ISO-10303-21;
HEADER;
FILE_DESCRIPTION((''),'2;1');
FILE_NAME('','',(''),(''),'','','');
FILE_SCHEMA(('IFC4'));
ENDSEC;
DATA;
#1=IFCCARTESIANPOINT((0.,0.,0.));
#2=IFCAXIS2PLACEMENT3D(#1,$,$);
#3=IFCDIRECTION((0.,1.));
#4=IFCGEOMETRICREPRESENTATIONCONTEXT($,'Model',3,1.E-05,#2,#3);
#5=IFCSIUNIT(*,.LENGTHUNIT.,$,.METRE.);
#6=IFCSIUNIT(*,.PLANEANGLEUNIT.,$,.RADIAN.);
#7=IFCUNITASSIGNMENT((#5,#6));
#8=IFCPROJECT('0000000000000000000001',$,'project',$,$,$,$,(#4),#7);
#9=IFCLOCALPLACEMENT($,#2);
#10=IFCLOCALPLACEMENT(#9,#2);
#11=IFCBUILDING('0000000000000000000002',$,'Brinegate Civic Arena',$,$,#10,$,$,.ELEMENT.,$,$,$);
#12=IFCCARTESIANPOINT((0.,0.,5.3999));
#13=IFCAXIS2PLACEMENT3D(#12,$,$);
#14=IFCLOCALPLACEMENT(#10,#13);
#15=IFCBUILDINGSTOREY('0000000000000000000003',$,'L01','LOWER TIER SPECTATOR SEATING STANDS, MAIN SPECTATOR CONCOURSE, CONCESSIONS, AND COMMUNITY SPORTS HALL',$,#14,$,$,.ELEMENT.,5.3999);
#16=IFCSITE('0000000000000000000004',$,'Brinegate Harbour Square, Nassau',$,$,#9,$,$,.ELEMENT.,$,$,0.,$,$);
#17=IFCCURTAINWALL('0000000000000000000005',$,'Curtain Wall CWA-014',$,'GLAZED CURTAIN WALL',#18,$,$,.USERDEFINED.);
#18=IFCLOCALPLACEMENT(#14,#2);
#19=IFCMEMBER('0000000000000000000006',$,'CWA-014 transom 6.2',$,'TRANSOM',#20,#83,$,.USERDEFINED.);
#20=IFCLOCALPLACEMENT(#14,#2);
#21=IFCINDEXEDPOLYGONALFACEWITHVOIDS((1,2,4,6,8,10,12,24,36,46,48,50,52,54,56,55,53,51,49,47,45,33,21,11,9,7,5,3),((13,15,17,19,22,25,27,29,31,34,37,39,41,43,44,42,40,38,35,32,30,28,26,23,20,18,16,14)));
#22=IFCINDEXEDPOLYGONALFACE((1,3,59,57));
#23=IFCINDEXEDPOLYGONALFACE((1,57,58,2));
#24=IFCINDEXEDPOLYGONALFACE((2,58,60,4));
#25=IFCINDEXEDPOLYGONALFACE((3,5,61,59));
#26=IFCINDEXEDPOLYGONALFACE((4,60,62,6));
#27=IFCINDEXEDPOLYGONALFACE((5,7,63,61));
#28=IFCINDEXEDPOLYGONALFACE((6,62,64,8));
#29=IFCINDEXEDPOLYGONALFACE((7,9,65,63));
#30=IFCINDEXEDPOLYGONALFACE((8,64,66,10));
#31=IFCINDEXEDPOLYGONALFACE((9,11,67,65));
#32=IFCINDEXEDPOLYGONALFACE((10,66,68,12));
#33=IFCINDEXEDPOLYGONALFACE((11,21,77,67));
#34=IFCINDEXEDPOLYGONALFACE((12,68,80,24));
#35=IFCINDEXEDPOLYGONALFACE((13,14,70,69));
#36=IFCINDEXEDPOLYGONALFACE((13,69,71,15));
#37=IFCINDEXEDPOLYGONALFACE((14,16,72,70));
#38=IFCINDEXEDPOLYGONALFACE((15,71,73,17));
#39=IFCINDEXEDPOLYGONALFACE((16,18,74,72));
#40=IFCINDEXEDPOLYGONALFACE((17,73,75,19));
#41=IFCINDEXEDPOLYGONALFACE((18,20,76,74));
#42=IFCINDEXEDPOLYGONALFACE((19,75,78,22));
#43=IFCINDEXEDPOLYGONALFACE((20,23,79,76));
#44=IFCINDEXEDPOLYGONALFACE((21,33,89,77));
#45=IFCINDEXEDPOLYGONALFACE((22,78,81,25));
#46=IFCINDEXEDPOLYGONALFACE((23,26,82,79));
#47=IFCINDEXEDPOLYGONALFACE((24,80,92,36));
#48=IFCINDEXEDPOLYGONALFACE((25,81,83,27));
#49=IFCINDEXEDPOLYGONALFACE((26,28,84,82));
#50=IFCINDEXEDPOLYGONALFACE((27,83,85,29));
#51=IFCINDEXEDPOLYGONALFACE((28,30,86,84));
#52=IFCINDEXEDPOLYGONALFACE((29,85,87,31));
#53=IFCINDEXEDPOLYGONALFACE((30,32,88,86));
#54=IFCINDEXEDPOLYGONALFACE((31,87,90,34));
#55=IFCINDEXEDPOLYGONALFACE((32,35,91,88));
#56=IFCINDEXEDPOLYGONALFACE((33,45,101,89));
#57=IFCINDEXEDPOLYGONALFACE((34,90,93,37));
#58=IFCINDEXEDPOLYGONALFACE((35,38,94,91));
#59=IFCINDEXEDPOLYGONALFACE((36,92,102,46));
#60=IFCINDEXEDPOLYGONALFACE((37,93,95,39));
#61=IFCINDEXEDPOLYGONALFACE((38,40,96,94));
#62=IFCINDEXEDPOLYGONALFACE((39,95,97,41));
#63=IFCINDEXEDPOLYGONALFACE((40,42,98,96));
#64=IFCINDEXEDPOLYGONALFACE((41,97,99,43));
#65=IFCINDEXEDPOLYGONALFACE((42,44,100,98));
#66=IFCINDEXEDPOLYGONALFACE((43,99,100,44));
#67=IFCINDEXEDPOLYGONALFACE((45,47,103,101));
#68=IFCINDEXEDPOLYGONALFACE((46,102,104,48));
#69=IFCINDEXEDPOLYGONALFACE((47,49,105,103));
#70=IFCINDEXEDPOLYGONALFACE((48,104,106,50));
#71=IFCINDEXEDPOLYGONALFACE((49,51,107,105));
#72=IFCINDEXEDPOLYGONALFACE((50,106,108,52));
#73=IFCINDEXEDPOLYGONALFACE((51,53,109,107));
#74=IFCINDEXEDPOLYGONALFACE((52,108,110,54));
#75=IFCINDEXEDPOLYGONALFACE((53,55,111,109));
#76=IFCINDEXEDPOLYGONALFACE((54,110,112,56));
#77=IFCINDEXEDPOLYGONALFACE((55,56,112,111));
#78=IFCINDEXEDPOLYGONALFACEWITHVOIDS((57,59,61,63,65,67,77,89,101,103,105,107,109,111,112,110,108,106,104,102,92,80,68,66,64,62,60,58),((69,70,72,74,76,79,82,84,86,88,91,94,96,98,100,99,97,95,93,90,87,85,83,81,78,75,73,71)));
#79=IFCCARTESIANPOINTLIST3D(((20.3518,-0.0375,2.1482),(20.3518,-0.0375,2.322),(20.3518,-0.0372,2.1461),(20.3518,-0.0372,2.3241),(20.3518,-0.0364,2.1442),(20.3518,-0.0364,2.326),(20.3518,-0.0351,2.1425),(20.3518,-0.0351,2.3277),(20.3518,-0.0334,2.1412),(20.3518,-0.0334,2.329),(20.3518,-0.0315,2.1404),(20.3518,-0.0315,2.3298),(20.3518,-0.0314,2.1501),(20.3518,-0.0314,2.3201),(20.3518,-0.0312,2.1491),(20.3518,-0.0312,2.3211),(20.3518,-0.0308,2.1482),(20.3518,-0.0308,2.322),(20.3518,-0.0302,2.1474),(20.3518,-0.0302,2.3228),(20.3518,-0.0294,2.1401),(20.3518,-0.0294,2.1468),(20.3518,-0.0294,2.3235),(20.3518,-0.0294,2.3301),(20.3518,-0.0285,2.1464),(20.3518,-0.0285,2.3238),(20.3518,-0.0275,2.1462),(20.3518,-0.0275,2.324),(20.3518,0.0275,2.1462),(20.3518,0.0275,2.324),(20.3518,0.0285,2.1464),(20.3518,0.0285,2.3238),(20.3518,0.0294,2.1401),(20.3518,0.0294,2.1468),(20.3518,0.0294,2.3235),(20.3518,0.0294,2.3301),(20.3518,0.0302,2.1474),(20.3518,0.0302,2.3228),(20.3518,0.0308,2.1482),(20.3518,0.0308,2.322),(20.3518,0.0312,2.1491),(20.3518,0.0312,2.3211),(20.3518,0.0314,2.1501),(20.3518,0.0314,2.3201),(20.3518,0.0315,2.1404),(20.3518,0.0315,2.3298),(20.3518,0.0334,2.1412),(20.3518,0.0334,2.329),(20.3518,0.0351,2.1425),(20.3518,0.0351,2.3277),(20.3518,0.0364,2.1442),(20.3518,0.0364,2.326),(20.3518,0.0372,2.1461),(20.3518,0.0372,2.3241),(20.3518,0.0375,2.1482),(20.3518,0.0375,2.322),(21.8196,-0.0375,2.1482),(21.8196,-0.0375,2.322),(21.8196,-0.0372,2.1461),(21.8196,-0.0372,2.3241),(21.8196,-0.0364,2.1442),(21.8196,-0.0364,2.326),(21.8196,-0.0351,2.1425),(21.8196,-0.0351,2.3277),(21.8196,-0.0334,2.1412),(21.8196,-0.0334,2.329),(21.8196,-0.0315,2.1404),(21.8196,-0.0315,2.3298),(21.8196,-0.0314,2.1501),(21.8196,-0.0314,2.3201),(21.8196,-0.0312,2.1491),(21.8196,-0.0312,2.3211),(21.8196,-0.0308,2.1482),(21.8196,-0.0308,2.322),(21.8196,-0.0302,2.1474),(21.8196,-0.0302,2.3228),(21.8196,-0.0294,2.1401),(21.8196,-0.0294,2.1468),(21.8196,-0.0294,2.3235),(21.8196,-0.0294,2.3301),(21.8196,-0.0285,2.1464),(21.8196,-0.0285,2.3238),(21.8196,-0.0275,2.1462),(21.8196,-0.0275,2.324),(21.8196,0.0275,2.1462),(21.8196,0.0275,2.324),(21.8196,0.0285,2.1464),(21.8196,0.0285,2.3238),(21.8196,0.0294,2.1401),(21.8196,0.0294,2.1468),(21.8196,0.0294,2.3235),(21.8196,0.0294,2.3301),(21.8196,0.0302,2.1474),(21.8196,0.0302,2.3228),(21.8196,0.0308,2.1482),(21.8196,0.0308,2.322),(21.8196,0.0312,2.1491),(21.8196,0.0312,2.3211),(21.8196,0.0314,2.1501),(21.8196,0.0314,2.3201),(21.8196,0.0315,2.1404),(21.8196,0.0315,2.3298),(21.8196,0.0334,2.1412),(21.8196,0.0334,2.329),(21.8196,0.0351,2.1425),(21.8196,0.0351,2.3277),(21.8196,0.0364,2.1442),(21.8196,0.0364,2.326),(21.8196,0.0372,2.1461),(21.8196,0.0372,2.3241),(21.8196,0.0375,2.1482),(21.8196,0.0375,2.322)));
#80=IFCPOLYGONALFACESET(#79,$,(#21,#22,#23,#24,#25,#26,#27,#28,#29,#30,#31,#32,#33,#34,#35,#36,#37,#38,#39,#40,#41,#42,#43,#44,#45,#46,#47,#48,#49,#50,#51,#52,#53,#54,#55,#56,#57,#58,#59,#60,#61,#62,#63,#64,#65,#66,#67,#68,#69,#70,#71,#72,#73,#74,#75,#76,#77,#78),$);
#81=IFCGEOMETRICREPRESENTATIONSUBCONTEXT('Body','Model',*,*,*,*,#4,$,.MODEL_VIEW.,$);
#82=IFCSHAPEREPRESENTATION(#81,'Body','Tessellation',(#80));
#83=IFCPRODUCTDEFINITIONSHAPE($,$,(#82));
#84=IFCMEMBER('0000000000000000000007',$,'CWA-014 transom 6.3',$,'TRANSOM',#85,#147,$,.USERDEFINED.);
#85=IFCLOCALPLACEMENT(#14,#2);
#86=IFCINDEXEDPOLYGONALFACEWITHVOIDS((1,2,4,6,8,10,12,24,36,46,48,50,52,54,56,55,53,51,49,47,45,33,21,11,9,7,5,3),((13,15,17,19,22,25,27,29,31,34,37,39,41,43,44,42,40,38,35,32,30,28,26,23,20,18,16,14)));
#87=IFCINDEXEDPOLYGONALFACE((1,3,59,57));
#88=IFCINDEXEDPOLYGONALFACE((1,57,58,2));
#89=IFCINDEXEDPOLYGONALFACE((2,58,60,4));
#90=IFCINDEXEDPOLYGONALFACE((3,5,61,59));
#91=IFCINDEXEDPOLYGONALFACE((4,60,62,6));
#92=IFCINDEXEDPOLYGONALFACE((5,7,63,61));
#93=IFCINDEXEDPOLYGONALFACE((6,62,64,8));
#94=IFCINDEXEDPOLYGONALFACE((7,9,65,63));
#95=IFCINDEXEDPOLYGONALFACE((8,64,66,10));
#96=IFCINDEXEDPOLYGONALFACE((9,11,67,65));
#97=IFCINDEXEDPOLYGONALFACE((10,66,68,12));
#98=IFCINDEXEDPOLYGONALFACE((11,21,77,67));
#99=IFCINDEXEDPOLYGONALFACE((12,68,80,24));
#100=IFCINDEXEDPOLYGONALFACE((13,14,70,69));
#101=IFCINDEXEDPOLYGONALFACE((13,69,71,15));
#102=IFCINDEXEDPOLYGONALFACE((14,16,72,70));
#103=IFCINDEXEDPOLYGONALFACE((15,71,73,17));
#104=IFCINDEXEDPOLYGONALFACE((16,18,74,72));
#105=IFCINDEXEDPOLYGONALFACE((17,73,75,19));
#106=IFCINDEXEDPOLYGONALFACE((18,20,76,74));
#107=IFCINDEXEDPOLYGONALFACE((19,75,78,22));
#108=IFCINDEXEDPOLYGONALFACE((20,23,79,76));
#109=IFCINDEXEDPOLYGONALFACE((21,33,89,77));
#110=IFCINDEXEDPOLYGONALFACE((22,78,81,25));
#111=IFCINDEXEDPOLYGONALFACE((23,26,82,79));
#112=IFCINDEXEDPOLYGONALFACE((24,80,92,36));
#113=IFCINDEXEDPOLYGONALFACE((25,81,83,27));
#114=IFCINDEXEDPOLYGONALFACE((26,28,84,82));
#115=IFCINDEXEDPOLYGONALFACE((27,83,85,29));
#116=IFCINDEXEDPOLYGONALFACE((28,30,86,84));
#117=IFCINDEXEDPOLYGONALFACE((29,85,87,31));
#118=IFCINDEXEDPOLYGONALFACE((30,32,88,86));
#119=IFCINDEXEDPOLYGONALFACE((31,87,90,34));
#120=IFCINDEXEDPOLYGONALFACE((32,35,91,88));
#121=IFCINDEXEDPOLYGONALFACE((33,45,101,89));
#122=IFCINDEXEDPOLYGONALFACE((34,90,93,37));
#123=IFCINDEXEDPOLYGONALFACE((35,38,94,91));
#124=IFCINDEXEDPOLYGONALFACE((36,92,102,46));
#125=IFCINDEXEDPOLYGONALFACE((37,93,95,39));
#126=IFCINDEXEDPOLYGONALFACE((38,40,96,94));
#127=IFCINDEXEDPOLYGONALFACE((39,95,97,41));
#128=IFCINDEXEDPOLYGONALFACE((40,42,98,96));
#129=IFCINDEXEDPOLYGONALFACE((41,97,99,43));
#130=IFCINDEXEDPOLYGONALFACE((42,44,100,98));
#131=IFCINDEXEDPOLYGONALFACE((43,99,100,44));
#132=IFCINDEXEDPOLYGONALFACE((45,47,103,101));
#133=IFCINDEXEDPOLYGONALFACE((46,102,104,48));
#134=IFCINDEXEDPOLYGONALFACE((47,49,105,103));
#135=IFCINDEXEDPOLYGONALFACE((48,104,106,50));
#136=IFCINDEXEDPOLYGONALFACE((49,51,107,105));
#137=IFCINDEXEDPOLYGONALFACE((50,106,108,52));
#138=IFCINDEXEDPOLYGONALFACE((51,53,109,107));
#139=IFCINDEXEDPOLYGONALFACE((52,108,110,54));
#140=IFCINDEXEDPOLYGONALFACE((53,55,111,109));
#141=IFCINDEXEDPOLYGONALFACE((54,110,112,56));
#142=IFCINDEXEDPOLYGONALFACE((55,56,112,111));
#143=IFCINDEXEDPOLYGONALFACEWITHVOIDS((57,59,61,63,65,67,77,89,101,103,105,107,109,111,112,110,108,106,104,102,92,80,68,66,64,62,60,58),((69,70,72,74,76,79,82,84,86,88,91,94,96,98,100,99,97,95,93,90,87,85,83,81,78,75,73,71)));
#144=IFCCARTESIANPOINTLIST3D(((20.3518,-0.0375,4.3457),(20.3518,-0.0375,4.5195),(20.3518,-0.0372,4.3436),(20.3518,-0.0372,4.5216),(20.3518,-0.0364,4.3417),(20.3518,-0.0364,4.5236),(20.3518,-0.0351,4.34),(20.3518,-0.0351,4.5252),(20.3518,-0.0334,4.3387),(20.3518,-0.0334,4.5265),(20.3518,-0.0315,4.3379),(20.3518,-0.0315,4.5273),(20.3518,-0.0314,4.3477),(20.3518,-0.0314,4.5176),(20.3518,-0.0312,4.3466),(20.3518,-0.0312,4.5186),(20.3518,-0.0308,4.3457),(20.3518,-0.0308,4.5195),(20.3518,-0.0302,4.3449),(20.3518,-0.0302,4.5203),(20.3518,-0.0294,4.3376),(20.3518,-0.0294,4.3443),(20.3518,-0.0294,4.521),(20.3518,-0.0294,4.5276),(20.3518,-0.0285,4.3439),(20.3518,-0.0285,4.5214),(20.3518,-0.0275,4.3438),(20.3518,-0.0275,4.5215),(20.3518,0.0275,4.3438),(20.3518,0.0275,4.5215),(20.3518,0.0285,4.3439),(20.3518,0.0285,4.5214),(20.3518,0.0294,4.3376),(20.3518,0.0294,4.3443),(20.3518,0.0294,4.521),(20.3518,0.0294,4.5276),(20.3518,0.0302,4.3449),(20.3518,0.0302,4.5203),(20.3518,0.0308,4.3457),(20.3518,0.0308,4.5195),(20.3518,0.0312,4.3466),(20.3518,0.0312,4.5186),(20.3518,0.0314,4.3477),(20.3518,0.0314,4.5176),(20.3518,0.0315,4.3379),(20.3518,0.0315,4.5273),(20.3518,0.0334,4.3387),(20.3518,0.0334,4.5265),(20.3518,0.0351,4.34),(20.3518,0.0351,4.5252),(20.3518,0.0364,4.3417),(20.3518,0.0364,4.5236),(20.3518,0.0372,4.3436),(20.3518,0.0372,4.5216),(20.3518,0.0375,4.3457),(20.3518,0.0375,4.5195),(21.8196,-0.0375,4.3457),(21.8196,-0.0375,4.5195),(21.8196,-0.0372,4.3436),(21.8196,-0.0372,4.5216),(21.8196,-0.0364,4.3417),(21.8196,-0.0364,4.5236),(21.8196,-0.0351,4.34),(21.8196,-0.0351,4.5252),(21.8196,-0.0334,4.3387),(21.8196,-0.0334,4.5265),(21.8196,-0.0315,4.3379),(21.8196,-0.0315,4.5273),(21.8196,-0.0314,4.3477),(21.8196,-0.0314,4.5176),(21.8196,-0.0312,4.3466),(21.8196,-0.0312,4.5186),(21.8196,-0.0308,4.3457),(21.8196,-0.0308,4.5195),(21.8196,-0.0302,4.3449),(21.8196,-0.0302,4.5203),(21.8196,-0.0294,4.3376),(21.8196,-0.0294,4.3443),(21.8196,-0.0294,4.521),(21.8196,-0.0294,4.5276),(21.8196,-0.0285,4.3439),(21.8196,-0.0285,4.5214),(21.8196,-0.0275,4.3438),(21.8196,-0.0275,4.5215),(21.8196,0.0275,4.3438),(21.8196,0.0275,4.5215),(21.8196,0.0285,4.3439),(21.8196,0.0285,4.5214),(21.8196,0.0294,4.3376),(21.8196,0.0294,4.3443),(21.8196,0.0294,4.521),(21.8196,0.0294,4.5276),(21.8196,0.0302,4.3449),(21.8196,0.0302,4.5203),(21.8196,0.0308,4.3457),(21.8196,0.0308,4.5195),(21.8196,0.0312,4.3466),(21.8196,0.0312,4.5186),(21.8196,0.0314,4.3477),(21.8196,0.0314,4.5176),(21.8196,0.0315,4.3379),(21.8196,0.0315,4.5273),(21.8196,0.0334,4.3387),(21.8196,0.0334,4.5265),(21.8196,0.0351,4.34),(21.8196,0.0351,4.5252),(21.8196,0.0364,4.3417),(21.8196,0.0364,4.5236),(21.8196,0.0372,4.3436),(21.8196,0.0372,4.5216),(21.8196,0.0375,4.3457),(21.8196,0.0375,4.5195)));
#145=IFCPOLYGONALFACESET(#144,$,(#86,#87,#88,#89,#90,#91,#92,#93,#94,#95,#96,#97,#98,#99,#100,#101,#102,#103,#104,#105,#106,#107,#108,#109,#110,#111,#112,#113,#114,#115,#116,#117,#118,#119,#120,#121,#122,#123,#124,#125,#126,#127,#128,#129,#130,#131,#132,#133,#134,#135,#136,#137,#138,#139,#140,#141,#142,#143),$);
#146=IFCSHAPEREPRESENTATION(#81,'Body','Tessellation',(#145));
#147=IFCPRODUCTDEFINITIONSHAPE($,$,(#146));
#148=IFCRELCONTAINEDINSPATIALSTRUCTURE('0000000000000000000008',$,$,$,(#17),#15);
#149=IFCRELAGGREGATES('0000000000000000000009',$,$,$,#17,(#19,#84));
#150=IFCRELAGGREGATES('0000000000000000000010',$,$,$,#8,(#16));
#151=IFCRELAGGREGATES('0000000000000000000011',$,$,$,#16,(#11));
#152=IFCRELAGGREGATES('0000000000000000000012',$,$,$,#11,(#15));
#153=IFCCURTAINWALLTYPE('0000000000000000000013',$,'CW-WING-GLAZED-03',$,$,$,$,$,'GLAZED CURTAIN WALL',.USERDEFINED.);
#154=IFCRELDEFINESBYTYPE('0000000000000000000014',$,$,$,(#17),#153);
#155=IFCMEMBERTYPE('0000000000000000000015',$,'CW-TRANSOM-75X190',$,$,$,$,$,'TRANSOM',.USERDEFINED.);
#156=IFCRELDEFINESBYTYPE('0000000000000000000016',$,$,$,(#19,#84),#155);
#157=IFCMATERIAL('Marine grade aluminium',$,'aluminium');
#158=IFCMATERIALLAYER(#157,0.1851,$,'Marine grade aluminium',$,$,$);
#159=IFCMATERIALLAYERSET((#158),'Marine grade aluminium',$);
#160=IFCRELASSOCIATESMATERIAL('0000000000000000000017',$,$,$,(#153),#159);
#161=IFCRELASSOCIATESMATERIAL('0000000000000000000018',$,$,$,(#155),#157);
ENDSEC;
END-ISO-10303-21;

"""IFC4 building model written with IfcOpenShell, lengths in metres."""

from ifc_helpers import new_model, si_unit, direction, frame, origin, origin_2d, place, context, subcontext, project, spatial, hollow_rectangle, extrude, material, layer, layer_set, material_profile, profile_set, type_object, element, aggregate, save


model = new_model("IFC4")

# Units and contexts
model_context = context("Model", 3, precision=1e-05, world=origin(), true_north=direction((0.0, 1.0)))
body_context = subcontext(model_context, "Body", "Model", "MODEL_VIEW")
ifc_project = project(units=[si_unit("LENGTHUNIT", "METRE"), si_unit("PLANEANGLEUNIT", "RADIAN")], contexts=[model_context])

# Site, building, storey
site_placement = place(None, origin())
site = spatial("IfcSite", under=ifc_project, at=site_placement, Name="Brinegate Harbour Square, Nassau", CompositionType="ELEMENT", RefElevation=0.0)
building_placement = place(site_placement, origin())
building = spatial("IfcBuilding", under=site, at=building_placement, Name="Brinegate Civic Arena", CompositionType="ELEMENT")
storey_placement = place(building_placement, frame((0.0, 0.0, 5.3999)))
storey = spatial("IfcBuildingStorey", under=building, at=storey_placement, Name="L01", Description="LOWER TIER SPECTATOR SEATING STANDS, MAIN SPECTATOR CONCOURSE, CONCESSIONS, AND COMMUNITY SPORTS HALL", CompositionType="ELEMENT", Elevation=5.3999)

# Curtain wall, members
ifc_material_1 = material(Name="Marine grade aluminium", Category="aluminium")
ifc_layer_1 = layer(ifc_material_1, 0.1851, Name="Marine grade aluminium")
ifc_layer_set_1 = layer_set([ifc_layer_1], Name="Marine grade aluminium")
curtain_wall_type = type_object("IfcCurtainWallType", Name="CW-WING-GLAZED-03", ElementType="GLAZED CURTAIN WALL", PredefinedType="USERDEFINED", material=ifc_layer_set_1)
curtain_wall_placement = place(storey_placement, origin())
curtain_wall = element("IfcCurtainWall", 1, at=curtain_wall_placement, inside=storey, type_object=curtain_wall_type, Name="Curtain Wall CWA-014", ObjectType="GLAZED CURTAIN WALL", PredefinedType="USERDEFINED")
ifc_material_profile_1 = material_profile(ifc_material_1, hollow_rectangle(XDim=0.075, YDim=0.1899, WallThickness=0.0061, InnerFilletRadius=0.0039, OuterFilletRadius=0.0081, at=origin_2d()), Name="TRN75X190")
ifc_profile_set_1 = profile_set([ifc_material_profile_1], Name="Marine grade aluminium")
member_type_1 = type_object("IfcMemberType", Name="CW-TRANSOM-75X190", ElementType="TRANSOM", PredefinedType="USERDEFINED", material=ifc_profile_set_1)
member_1_placement = place(storey_placement, frame((20.3518, 0.0, 2.2351), z_axis=(1.0, 0.0, 0.0), x_axis=(0.0, 1.0, 0.0)))
member_1 = element("IfcMember", 2, at=member_1_placement, type_object=member_type_1, Name="CWA-014 transom 6.2", ObjectType="TRANSOM", PredefinedType="USERDEFINED", context=body_context, shape_type="SweptSolid", body=[
    extrude(hollow_rectangle(XDim=0.075, YDim=0.1899, WallThickness=0.0061, InnerFilletRadius=0.0039, OuterFilletRadius=0.0081, at=origin_2d()), origin(), (0.0, 0.0, 1.0), 1.4678),
])
member_2_placement = place(storey_placement, frame((20.3518, 0.0, 4.4326), z_axis=(1.0, 0.0, 0.0), x_axis=(0.0, 1.0, 0.0)))
member_2 = element("IfcMember", 3, at=member_2_placement, type_object=member_type_1, Name="CWA-014 transom 6.3", ObjectType="TRANSOM", PredefinedType="USERDEFINED", context=body_context, shape_type="SweptSolid", body=[
    extrude(hollow_rectangle(XDim=0.075, YDim=0.1899, WallThickness=0.0061, InnerFilletRadius=0.0039, OuterFilletRadius=0.0081, at=origin_2d()), origin(), (0.0, 0.0, 1.0), 1.4678),
])

aggregate(curtain_wall, [member_1, member_2])

save(model, "model.ifc")
